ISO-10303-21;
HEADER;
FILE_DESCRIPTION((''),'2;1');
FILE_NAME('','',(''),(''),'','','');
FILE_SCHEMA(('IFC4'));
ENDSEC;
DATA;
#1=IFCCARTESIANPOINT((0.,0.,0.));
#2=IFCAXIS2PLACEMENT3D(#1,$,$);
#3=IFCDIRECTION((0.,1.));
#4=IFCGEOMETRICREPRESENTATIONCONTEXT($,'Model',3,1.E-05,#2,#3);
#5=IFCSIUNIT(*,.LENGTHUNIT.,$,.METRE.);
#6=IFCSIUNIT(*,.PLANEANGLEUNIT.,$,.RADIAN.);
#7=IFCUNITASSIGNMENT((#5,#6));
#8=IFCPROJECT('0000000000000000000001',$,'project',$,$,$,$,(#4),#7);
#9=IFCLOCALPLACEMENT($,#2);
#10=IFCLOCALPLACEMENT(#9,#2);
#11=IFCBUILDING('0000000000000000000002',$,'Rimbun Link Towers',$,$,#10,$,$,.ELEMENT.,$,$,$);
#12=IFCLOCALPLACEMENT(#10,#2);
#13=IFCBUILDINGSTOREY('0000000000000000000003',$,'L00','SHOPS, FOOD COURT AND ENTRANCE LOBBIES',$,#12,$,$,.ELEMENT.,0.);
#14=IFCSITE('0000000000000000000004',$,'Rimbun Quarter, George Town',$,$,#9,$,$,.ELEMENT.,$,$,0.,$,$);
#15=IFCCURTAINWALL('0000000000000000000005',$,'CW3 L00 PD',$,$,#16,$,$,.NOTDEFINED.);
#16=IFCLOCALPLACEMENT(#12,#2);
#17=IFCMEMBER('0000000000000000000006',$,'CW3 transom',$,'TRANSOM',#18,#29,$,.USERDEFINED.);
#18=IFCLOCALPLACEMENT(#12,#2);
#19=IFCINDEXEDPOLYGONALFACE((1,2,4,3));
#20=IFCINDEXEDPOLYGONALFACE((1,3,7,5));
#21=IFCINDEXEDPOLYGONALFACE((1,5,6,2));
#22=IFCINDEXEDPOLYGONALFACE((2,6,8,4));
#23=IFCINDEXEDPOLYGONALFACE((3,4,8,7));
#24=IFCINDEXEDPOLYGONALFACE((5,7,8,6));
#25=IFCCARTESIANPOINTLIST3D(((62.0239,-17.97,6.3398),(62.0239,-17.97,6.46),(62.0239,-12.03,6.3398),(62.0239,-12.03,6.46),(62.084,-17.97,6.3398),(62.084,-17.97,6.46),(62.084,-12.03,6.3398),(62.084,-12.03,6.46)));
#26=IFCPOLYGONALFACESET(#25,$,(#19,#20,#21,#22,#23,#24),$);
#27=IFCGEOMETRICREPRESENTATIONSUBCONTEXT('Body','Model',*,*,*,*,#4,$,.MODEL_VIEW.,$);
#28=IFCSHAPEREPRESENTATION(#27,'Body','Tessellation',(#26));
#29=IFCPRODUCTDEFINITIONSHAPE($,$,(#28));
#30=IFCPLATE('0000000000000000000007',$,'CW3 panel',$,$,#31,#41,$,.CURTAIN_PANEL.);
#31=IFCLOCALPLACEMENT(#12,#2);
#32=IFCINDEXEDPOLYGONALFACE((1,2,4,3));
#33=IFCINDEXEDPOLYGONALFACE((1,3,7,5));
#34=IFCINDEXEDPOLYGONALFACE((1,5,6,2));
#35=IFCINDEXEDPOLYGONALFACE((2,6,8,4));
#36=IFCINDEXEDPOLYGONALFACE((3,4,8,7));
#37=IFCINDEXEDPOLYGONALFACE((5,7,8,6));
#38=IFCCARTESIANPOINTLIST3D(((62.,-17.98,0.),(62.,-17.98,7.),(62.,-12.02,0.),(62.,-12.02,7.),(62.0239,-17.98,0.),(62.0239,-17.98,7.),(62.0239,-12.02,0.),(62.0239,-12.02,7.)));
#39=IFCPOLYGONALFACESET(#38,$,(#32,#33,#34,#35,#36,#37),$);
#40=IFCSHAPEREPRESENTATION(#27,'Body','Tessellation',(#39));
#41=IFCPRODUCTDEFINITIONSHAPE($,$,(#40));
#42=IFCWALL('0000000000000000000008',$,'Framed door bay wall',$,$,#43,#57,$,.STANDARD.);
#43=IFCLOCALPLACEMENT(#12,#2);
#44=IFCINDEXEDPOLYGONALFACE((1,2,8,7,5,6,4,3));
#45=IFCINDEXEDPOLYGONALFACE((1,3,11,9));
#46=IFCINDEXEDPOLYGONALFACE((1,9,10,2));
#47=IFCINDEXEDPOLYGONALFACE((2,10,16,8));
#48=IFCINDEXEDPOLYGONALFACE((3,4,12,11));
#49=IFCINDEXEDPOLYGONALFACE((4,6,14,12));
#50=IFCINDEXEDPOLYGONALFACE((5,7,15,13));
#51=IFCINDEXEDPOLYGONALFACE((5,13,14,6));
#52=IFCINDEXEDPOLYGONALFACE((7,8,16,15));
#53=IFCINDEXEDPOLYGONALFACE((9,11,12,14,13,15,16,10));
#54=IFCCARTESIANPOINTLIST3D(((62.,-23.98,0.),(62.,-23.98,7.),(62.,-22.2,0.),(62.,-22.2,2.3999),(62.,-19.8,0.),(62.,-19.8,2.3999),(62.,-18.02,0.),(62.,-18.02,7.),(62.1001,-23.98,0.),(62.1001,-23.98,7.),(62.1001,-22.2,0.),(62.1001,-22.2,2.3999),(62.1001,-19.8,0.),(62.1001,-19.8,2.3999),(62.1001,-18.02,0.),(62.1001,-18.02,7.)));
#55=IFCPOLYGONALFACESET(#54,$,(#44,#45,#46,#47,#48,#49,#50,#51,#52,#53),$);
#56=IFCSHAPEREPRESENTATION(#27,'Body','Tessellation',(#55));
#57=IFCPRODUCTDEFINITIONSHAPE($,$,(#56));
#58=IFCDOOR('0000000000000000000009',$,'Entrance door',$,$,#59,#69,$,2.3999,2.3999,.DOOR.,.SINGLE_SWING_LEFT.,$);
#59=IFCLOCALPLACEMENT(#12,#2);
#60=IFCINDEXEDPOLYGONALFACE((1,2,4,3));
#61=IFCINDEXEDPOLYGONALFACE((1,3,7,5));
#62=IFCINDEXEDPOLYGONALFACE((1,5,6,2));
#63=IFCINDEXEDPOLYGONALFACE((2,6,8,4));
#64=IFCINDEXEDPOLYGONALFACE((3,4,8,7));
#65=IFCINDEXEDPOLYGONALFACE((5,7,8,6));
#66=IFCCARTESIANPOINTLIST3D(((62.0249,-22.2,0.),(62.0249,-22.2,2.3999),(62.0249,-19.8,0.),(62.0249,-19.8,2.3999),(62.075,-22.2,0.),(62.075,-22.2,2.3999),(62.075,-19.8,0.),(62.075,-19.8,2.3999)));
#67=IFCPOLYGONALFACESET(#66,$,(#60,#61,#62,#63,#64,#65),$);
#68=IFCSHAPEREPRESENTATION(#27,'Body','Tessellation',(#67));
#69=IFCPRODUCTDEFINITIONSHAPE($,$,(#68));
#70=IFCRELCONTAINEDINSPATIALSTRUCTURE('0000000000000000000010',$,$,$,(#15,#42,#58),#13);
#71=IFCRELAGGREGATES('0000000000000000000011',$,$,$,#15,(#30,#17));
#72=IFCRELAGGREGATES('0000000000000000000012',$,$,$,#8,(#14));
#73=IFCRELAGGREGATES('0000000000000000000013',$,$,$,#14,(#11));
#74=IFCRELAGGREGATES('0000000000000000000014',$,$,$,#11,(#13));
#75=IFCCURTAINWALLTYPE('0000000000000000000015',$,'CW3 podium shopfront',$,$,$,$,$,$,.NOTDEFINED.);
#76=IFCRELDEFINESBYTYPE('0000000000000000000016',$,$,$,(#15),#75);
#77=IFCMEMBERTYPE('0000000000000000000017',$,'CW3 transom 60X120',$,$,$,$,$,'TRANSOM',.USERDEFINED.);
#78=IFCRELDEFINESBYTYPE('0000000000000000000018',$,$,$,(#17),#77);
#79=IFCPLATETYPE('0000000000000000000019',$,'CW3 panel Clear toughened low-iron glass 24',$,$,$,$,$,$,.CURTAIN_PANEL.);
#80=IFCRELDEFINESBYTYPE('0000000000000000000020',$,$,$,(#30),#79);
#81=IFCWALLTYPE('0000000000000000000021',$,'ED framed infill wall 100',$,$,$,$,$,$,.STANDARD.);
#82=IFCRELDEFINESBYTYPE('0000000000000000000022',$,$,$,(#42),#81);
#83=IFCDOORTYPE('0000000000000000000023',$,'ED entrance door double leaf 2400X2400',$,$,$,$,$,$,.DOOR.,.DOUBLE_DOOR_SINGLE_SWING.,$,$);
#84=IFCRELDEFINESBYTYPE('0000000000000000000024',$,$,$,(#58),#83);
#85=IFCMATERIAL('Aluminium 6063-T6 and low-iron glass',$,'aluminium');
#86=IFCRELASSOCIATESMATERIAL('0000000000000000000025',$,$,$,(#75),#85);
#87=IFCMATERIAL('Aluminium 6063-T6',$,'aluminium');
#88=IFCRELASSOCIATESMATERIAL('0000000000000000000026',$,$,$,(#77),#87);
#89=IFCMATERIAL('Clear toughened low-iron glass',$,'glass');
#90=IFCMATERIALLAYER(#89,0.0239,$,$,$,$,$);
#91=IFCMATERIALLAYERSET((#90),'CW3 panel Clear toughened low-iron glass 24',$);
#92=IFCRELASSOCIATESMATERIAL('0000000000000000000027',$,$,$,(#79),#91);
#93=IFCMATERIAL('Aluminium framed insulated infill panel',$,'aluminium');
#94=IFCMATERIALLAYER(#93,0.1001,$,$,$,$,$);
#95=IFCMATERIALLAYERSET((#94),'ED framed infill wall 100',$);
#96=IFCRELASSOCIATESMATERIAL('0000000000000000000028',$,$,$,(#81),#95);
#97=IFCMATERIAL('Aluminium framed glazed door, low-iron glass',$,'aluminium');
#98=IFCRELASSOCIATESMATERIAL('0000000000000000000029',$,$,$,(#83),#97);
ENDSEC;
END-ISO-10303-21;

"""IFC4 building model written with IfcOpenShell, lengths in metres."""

from ifc_helpers import new_model, si_unit, direction, frame, frame_2d, origin, origin_2d, place, context, subcontext, project, spatial, rectangle, extrude, material, layer, layer_set, material_profile, profile_set, type_object, element, fill, aggregate, save


model = new_model("IFC4")

# Units and contexts
model_context = context("Model", 3, precision=1e-05, world=origin(), true_north=direction((0.0, 1.0)))
body_context = subcontext(model_context, "Body", "Model", "MODEL_VIEW")
ifc_project = project(units=[si_unit("LENGTHUNIT", "METRE"), si_unit("PLANEANGLEUNIT", "RADIAN")], contexts=[model_context])

# Site, building, storey
site_placement = place(None, origin())
site = spatial("IfcSite", under=ifc_project, at=site_placement, Name="Rimbun Quarter, George Town", CompositionType="ELEMENT", RefElevation=0.0)
building_placement = place(site_placement, origin())
building = spatial("IfcBuilding", under=site, at=building_placement, Name="Rimbun Link Towers", CompositionType="ELEMENT")
storey_placement = place(building_placement, origin())
storey = spatial("IfcBuildingStorey", under=building, at=storey_placement, Name="L00", Description="SHOPS, FOOD COURT AND ENTRANCE LOBBIES", CompositionType="ELEMENT", Elevation=0.0)

# Curtain wall, member, plate
ifc_material_1 = material(Name="Aluminium 6063-T6 and low-iron glass", Category="aluminium")
curtain_wall_type = type_object("IfcCurtainWallType", Name="CW3 podium shopfront", PredefinedType="NOTDEFINED", material=ifc_material_1)
curtain_wall_placement = place(storey_placement, origin())
curtain_wall = element("IfcCurtainWall", 1, at=curtain_wall_placement, inside=storey, type_object=curtain_wall_type, Name="CW3 L00 PD", PredefinedType="NOTDEFINED")
ifc_material_2 = material(Name="Aluminium 6063-T6", Category="aluminium")
ifc_material_profile_1 = material_profile(ifc_material_2, rectangle(XDim=0.0601, YDim=0.1201, at=origin_2d()), Name="TRANSOM 60X120")
ifc_profile_set_1 = profile_set([ifc_material_profile_1], Name="Aluminium 6063-T6")
member_type_1 = type_object("IfcMemberType", Name="CW3 transom 60X120", ElementType="TRANSOM", PredefinedType="USERDEFINED", material=ifc_profile_set_1)
member_1_placement = place(storey_placement, frame((62.054, -12.03, 6.3999), z_axis=(0.0, -1.0, 0.0), x_axis=(1.0, 0.0, 0.0)))
member_1 = element("IfcMember", 2, at=member_1_placement, type_object=member_type_1, Name="CW3 transom", ObjectType="TRANSOM", PredefinedType="USERDEFINED", context=body_context, shape_type="SweptSolid", body=[
    extrude(rectangle(XDim=0.0601, YDim=0.1201, at=origin_2d()), origin(), (0.0, 0.0, 1.0), 5.9399),
])
ifc_material_3 = material(Name="Clear toughened low-iron glass", Category="glass")
ifc_layer_1 = layer(ifc_material_3, 0.0239)
ifc_layer_set_1 = layer_set([ifc_layer_1], Name="CW3 panel Clear toughened low-iron glass 24")
plate_type = type_object("IfcPlateType", Name="CW3 panel Clear toughened low-iron glass 24", PredefinedType="CURTAIN_PANEL", material=ifc_layer_set_1)
plate_placement = place(storey_placement, frame((62.012, -15.0, 0.0), z_axis=(0.0, 0.0, 1.0), x_axis=(0.0, -1.0, 0.0)))
plate = element("IfcPlate", 3, at=plate_placement, type_object=plate_type, Name="CW3 panel", PredefinedType="CURTAIN_PANEL", context=body_context, shape_type="SweptSolid", body=[
    extrude(rectangle(XDim=5.96, YDim=0.0239, at=origin_2d()), origin(), (0.0, 0.0, 1.0), 7.0),
])
aggregate(curtain_wall, [plate, member_1])

# Wall, opening, door
ifc_material_4 = material(Name="Aluminium framed insulated infill panel", Category="aluminium")
ifc_layer_2 = layer(ifc_material_4, 0.1001)
ifc_layer_set_2 = layer_set([ifc_layer_2], Name="ED framed infill wall 100")
wall_type = type_object("IfcWallType", Name="ED framed infill wall 100", PredefinedType="STANDARD", material=ifc_layer_set_2)
wall_placement = place(storey_placement, frame((62.05, -18.02, 0.0), z_axis=(0.0, 0.0, 1.0), x_axis=(0.0, -1.0, 0.0)))
wall = element("IfcWall", 4, at=wall_placement, inside=storey, type_object=wall_type, Name="Framed door bay wall", PredefinedType="STANDARD", context=body_context, shape_type="SweptSolid", body=[
    extrude(rectangle(XDim=5.96, YDim=0.1001, at=frame_2d((2.98, 0.0))), origin(), (0.0, 0.0, 1.0), 7.0),
])
opening_placement = place(wall_placement, frame((1.78, 0.0, 0.0)))
opening = element("IfcOpeningElement", 5, at=opening_placement, cuts=wall, PredefinedType="OPENING", context=body_context, shape_type="SweptSolid", body=[
    extrude(rectangle(XDim=2.3999, YDim=2.3999, at=frame_2d((1.2, 1.2))), frame((0.0, 0.0601, 0.0), z_axis=(0.0, -1.0, 0.0), x_axis=(1.0, 0.0, 0.0)), (0.0, 0.0, 1.0), 0.1201),
])
ifc_material_5 = material(Name="Aluminium framed glazed door, low-iron glass", Category="aluminium")
door_type = type_object("IfcDoorType", Name="ED entrance door double leaf 2400X2400", OperationType="DOUBLE_DOOR_SINGLE_SWING", PredefinedType="DOOR", material=ifc_material_5)
door_placement = place(opening_placement, origin())
door = element("IfcDoor", 6, at=door_placement, inside=storey, type_object=door_type, Name="Entrance door", OperationType="SINGLE_SWING_LEFT", OverallHeight=2.3999, OverallWidth=2.3999, PredefinedType="DOOR", context=body_context, shape_type="SweptSolid", body=[
    extrude(rectangle(XDim=2.3999, YDim=2.3999, at=frame_2d((1.2, 1.2))), frame((0.0, 0.0249, 0.0), z_axis=(0.0, -1.0, 0.0), x_axis=(1.0, 0.0, 0.0)), (0.0, 0.0, 1.0), 0.05),
])
fill(opening, door)

save(model, "model.ifc")
